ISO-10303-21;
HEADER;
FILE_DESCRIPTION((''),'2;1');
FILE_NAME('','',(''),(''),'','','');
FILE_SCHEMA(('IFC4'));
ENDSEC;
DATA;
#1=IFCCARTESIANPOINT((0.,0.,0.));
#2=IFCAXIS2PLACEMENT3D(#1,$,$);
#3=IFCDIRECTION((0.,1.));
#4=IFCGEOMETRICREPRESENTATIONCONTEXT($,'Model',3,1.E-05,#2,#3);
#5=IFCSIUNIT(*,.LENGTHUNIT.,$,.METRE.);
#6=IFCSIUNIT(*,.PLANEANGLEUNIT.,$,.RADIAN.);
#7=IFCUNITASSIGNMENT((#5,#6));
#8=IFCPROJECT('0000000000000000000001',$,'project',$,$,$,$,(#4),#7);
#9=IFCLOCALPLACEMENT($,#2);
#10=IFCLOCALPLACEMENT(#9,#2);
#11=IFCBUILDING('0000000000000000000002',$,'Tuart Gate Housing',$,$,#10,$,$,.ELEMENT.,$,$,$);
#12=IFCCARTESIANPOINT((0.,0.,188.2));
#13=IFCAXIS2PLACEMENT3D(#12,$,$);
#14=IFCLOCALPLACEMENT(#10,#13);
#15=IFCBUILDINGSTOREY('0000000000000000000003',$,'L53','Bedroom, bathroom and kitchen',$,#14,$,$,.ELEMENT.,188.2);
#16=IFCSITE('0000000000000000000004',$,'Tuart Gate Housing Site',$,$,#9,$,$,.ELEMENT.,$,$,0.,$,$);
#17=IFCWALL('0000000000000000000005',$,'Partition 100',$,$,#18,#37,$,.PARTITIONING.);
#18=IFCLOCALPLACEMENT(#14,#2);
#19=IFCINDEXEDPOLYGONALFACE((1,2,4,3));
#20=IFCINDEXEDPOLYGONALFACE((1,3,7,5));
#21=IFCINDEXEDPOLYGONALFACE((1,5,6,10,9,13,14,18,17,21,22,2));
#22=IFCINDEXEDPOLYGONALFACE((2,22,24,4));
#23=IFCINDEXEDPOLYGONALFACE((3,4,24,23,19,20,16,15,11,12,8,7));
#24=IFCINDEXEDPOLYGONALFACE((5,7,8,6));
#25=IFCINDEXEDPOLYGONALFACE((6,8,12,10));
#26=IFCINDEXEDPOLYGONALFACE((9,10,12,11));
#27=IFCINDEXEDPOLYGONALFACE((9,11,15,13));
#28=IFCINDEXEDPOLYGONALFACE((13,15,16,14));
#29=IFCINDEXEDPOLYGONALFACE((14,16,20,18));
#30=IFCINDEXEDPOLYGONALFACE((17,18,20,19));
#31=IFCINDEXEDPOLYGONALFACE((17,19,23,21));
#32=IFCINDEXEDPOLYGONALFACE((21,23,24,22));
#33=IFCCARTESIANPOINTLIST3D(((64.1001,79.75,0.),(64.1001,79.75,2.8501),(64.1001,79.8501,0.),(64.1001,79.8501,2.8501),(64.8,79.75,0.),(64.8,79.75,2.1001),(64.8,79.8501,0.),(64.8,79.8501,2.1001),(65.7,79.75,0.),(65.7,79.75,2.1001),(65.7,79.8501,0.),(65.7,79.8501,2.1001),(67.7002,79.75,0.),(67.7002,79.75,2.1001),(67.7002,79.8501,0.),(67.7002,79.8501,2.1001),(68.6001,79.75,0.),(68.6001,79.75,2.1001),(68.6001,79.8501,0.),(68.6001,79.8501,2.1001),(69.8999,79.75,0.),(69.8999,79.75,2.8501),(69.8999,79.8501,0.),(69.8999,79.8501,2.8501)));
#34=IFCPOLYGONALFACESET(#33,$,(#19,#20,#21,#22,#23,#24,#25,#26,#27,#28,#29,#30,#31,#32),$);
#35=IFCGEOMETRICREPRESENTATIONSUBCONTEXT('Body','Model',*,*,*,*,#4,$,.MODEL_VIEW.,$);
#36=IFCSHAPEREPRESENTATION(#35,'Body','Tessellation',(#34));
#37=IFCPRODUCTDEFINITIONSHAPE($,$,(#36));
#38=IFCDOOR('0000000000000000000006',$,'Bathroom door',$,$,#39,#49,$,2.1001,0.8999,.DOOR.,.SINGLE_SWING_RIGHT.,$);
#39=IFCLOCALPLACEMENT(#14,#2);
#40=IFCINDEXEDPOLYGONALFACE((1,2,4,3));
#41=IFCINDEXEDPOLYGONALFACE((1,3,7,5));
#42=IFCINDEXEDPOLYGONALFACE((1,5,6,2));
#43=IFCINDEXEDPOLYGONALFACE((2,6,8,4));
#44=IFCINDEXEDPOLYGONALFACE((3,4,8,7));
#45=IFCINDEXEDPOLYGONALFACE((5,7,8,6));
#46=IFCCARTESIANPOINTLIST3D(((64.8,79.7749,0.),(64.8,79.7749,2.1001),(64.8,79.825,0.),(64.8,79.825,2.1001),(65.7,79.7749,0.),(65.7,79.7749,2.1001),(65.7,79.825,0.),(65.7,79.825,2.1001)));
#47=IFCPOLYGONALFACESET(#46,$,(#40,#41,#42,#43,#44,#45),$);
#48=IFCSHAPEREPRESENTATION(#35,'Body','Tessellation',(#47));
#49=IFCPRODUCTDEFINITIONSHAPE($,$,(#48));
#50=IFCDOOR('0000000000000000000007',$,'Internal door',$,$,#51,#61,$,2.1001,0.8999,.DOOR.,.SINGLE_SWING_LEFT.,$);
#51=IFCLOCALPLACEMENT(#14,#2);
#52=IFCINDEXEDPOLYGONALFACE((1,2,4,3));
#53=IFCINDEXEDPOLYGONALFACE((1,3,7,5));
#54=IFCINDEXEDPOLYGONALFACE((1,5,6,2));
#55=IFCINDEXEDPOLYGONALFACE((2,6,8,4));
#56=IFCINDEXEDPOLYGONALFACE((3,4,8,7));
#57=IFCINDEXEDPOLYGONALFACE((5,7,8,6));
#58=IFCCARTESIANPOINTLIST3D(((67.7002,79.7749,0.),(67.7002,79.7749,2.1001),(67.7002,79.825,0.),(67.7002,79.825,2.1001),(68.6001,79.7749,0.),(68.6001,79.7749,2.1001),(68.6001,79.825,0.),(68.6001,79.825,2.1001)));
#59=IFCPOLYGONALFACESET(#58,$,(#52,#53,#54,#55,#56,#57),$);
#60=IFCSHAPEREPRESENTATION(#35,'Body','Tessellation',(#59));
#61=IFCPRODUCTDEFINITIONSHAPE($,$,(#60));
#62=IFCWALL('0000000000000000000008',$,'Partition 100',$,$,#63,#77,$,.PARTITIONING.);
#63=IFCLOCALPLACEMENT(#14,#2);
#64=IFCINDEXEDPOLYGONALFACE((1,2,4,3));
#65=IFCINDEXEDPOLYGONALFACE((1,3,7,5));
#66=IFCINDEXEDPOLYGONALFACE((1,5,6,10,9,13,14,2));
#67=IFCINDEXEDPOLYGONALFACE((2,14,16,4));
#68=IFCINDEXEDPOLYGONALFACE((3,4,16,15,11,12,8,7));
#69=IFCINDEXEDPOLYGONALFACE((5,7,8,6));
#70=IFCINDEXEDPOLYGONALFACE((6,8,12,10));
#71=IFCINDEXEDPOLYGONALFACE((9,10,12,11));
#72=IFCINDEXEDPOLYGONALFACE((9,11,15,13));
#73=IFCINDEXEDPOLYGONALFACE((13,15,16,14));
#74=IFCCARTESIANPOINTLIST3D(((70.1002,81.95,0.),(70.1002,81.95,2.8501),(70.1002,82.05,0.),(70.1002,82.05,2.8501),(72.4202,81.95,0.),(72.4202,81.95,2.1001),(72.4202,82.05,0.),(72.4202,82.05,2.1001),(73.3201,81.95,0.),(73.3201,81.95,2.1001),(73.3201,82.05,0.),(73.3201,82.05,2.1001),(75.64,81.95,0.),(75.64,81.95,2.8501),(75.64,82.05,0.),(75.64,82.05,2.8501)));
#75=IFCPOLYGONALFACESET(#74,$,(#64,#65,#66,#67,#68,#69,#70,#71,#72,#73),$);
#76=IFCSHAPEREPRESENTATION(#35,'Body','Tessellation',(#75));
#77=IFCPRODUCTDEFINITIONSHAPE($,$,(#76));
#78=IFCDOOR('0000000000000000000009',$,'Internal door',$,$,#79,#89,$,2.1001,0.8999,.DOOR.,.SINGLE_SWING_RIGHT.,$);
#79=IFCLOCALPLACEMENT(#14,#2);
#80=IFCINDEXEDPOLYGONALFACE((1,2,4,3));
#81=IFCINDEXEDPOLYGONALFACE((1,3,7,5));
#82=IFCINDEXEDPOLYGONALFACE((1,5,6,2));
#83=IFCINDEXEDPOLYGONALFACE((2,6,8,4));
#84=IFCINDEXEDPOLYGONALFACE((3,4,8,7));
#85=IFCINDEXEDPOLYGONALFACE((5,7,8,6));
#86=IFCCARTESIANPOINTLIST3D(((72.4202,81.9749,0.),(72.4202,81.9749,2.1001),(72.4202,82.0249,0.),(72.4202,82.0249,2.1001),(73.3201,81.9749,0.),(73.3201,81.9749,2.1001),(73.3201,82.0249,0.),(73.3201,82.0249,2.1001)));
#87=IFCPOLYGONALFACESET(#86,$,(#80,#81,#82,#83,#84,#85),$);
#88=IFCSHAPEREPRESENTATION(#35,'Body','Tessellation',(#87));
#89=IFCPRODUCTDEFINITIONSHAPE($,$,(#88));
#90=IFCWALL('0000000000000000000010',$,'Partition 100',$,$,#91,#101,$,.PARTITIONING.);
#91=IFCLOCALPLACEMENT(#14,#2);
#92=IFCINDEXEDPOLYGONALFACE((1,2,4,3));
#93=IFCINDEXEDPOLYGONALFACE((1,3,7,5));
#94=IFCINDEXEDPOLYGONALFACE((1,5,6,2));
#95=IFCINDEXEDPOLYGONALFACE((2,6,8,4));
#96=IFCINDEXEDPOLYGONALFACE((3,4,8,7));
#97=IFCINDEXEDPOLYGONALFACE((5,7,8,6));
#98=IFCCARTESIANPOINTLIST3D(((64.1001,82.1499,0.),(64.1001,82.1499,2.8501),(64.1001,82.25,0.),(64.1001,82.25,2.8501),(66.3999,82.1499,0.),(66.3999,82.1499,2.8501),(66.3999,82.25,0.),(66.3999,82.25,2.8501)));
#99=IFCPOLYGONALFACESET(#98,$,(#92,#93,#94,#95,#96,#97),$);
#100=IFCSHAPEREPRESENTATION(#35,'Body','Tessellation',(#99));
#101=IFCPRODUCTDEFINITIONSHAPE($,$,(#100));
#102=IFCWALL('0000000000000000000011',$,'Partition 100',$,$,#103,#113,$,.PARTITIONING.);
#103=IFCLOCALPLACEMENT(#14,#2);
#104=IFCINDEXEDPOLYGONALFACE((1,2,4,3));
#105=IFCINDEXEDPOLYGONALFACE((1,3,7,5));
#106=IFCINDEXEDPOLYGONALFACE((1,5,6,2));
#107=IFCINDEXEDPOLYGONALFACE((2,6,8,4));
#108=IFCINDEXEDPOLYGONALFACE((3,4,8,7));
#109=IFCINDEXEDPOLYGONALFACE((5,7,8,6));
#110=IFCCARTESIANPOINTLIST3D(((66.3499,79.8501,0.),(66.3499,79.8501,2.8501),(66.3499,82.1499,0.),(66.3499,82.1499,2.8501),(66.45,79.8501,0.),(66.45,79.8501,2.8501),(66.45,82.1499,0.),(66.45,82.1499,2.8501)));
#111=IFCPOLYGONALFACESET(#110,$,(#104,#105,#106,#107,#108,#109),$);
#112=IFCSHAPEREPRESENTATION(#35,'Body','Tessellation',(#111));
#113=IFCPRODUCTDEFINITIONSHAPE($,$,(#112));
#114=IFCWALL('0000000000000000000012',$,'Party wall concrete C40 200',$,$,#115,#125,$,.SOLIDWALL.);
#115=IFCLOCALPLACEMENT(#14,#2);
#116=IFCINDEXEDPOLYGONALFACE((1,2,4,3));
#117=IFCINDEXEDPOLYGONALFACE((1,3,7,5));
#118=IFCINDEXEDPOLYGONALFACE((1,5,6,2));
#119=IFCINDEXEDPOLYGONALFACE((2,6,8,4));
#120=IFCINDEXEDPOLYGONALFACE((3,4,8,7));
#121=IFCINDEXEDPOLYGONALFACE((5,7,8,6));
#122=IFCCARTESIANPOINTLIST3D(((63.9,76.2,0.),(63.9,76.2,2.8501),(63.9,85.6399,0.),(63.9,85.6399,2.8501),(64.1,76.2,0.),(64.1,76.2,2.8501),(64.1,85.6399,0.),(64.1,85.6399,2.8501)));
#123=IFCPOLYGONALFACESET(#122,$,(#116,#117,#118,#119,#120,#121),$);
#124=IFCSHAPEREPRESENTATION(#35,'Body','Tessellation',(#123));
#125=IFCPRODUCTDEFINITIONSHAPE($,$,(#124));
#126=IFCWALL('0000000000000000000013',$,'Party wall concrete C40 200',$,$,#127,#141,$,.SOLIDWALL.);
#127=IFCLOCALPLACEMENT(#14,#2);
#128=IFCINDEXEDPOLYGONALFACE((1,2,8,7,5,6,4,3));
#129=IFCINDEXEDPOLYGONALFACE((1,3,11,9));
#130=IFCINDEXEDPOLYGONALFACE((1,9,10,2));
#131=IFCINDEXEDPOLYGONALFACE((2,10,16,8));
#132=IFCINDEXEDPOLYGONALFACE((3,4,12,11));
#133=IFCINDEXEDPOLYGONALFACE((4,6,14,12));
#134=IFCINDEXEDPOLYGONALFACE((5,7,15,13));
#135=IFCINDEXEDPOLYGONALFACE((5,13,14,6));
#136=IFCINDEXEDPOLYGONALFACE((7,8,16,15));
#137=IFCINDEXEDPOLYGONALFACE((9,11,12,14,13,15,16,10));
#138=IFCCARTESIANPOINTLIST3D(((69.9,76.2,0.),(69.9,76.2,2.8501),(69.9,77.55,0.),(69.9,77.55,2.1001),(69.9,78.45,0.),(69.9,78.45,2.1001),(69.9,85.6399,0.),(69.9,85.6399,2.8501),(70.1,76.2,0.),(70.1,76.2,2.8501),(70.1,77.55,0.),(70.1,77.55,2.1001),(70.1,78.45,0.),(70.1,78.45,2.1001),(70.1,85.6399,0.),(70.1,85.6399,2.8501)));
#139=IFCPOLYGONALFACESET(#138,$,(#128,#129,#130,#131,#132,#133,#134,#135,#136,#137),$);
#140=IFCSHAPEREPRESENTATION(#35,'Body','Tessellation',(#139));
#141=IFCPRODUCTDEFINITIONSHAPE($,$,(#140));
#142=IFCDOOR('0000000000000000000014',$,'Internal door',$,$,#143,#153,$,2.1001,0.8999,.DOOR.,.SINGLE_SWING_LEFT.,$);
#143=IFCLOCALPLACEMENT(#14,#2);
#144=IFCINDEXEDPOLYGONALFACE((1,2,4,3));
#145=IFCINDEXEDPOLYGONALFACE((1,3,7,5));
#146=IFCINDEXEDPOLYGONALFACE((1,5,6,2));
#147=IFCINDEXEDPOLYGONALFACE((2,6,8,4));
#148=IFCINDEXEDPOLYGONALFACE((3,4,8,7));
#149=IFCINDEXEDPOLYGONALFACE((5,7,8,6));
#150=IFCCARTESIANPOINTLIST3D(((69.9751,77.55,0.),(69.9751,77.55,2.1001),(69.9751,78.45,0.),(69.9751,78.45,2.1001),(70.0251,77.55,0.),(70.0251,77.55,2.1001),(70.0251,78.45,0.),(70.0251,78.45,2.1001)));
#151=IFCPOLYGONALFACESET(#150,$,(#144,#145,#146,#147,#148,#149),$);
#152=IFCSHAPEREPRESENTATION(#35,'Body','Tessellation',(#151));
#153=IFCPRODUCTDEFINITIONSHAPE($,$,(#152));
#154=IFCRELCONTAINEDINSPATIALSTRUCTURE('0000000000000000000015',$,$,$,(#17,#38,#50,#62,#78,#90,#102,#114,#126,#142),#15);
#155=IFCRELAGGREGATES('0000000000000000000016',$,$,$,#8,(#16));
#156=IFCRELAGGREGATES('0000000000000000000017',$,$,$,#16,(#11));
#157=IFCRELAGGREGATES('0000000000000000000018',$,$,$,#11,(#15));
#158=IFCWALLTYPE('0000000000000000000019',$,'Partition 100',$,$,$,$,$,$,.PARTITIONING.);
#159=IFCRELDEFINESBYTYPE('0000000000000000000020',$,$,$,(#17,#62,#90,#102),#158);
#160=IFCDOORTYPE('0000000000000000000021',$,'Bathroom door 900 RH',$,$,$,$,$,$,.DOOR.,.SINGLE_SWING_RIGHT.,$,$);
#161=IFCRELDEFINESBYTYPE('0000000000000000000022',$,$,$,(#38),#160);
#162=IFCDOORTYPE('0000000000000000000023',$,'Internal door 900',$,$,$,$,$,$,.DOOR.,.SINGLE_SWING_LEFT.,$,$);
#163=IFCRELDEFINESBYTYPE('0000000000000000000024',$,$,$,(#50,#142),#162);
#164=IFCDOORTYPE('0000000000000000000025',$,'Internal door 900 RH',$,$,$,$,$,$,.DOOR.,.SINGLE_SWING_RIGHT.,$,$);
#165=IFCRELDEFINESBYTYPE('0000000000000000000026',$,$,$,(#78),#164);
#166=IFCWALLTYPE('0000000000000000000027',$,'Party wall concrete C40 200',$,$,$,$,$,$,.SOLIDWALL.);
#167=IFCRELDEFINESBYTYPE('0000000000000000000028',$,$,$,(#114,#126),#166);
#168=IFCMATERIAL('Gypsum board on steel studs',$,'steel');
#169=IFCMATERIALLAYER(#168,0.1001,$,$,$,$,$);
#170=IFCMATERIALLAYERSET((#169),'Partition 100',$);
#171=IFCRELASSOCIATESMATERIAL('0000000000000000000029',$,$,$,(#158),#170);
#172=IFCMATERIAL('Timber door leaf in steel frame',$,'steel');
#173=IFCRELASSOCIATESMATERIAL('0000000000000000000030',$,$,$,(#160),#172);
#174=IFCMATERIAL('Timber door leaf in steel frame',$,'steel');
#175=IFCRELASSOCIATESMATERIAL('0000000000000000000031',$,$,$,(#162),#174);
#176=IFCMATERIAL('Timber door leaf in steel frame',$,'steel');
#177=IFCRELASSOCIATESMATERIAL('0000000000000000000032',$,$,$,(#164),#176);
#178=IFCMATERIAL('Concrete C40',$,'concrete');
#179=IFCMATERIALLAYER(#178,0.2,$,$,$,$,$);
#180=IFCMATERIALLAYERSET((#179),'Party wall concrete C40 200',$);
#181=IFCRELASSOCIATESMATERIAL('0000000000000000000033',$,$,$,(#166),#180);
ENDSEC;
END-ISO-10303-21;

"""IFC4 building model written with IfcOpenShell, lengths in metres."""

from ifc_helpers import new_model, si_unit, direction, frame, frame_2d, origin, place, context, subcontext, project, spatial, rectangle, extrude, material, layer, layer_set, type_object, element, fill, save


model = new_model("IFC4")

# Units and contexts
model_context = context("Model", 3, precision=1e-05, world=origin(), true_north=direction((0.0, 1.0)))
body_context = subcontext(model_context, "Body", "Model", "MODEL_VIEW")
ifc_project = project(units=[si_unit("LENGTHUNIT", "METRE"), si_unit("PLANEANGLEUNIT", "RADIAN")], contexts=[model_context])

# Site, building, storey
site_placement = place(None, origin())
site = spatial("IfcSite", under=ifc_project, at=site_placement, Name="Tuart Gate Housing Site", CompositionType="ELEMENT", RefElevation=0.0)
building_placement = place(site_placement, origin())
building = spatial("IfcBuilding", under=site, at=building_placement, Name="Tuart Gate Housing", CompositionType="ELEMENT")
storey_placement = place(building_placement, frame((0.0, 0.0, 188.2)))
storey = spatial("IfcBuildingStorey", under=building, at=storey_placement, Name="L53", Description="Bedroom, bathroom and kitchen", CompositionType="ELEMENT", Elevation=188.2)

# Wall, openings, doors
ifc_material_1 = material(Name="Gypsum board on steel studs", Category="steel")
ifc_layer_1 = layer(ifc_material_1, 0.1001)
ifc_layer_set_1 = layer_set([ifc_layer_1], Name="Partition 100")
wall_type_1 = type_object("IfcWallType", Name="Partition 100", PredefinedType="PARTITIONING", material=ifc_layer_set_1)
wall_1_placement = place(storey_placement, frame((64.1001, 79.8, 0.0), z_axis=(0.0, 0.0, 1.0), x_axis=(1.0, 0.0, 0.0)))
wall_1 = element("IfcWall", 1, at=wall_1_placement, inside=storey, type_object=wall_type_1, Name="Partition 100", PredefinedType="PARTITIONING", context=body_context, shape_type="SweptSolid", body=[
    extrude(rectangle(XDim=5.7998, YDim=0.1001, at=frame_2d((2.8999, 0.0))), origin(), (0.0, 0.0, 1.0), 2.8501),
])
opening_1_placement = place(wall_1_placement, frame((3.6001, 0.0, 0.0)))
opening_1 = element("IfcOpeningElement", 2, at=opening_1_placement, cuts=wall_1, PredefinedType="OPENING", context=body_context, shape_type="SweptSolid", body=[
    extrude(rectangle(XDim=0.8999, YDim=2.1001, at=frame_2d((0.45, 1.05))), frame((0.0, 0.0601, 0.0), z_axis=(0.0, -1.0, 0.0), x_axis=(1.0, 0.0, 0.0)), (0.0, 0.0, 1.0), 0.1201),
])
opening_2_placement = place(wall_1_placement, frame((0.7, 0.0, 0.0)))
opening_2 = element("IfcOpeningElement", 3, at=opening_2_placement, cuts=wall_1, PredefinedType="OPENING", context=body_context, shape_type="SweptSolid", body=[
    extrude(rectangle(XDim=0.8999, YDim=2.1001, at=frame_2d((0.45, 1.05))), frame((0.0, 0.0601, 0.0), z_axis=(0.0, -1.0, 0.0), x_axis=(1.0, 0.0, 0.0)), (0.0, 0.0, 1.0), 0.1201),
])
ifc_material_2 = material(Name="Timber door leaf in steel frame", Category="steel")
door_type_1 = type_object("IfcDoorType", Name="Bathroom door 900 RH", OperationType="SINGLE_SWING_RIGHT", PredefinedType="DOOR", material=ifc_material_2)
door_1_placement = place(opening_2_placement, origin())
door_1 = element("IfcDoor", 4, at=door_1_placement, inside=storey, type_object=door_type_1, Name="Bathroom door", OperationType="SINGLE_SWING_RIGHT", OverallHeight=2.1001, OverallWidth=0.8999, PredefinedType="DOOR", context=body_context, shape_type="SweptSolid", body=[
    extrude(rectangle(XDim=0.8999, YDim=2.1001, at=frame_2d((0.45, 1.05))), frame((0.0, 0.0249, 0.0), z_axis=(0.0, -1.0, 0.0), x_axis=(1.0, 0.0, 0.0)), (0.0, 0.0, 1.0), 0.05),
])
fill(opening_2, door_1)
ifc_material_3 = material(Name="Timber door leaf in steel frame", Category="steel")
door_type_2 = type_object("IfcDoorType", Name="Internal door 900", OperationType="SINGLE_SWING_LEFT", PredefinedType="DOOR", material=ifc_material_3)
door_2_placement = place(opening_1_placement, origin())
door_2 = element("IfcDoor", 5, at=door_2_placement, inside=storey, type_object=door_type_2, Name="Internal door", OperationType="SINGLE_SWING_LEFT", OverallHeight=2.1001, OverallWidth=0.8999, PredefinedType="DOOR", context=body_context, shape_type="SweptSolid", body=[
    extrude(rectangle(XDim=0.8999, YDim=2.1001, at=frame_2d((0.45, 1.05))), frame((0.0, 0.0249, 0.0), z_axis=(0.0, -1.0, 0.0), x_axis=(1.0, 0.0, 0.0)), (0.0, 0.0, 1.0), 0.05),
])
fill(opening_1, door_2)

# Wall, opening, door
wall_2_placement = place(storey_placement, frame((70.1001, 82.0, 0.0), z_axis=(0.0, 0.0, 1.0), x_axis=(1.0, 0.0, 0.0)))
wall_2 = element("IfcWall", 6, at=wall_2_placement, inside=storey, type_object=wall_type_1, Name="Partition 100", PredefinedType="PARTITIONING", context=body_context, shape_type="SweptSolid", body=[
    extrude(rectangle(XDim=5.5398, YDim=0.1001, at=frame_2d((2.77, 0.0))), origin(), (0.0, 0.0, 1.0), 2.8501),
])
opening_3_placement = place(wall_2_placement, frame((2.3201, 0.0, 0.0)))
opening_3 = element("IfcOpeningElement", 7, at=opening_3_placement, cuts=wall_2, PredefinedType="OPENING", context=body_context, shape_type="SweptSolid", body=[
    extrude(rectangle(XDim=0.8999, YDim=2.1001, at=frame_2d((0.45, 1.05))), frame((0.0, 0.0601, 0.0), z_axis=(0.0, -1.0, 0.0), x_axis=(1.0, 0.0, 0.0)), (0.0, 0.0, 1.0), 0.1201),
])
ifc_material_4 = material(Name="Timber door leaf in steel frame", Category="steel")
door_type_3 = type_object("IfcDoorType", Name="Internal door 900 RH", OperationType="SINGLE_SWING_RIGHT", PredefinedType="DOOR", material=ifc_material_4)
door_3_placement = place(opening_3_placement, origin())
door_3 = element("IfcDoor", 8, at=door_3_placement, inside=storey, type_object=door_type_3, Name="Internal door", OperationType="SINGLE_SWING_RIGHT", OverallHeight=2.1001, OverallWidth=0.8999, PredefinedType="DOOR", context=body_context, shape_type="SweptSolid", body=[
    extrude(rectangle(XDim=0.8999, YDim=2.1001, at=frame_2d((0.45, 1.05))), frame((0.0, 0.0249, 0.0), z_axis=(0.0, -1.0, 0.0), x_axis=(1.0, 0.0, 0.0)), (0.0, 0.0, 1.0), 0.05),
])
fill(opening_3, door_3)

# Walls
for number, where, z_axis, x_axis, name in (
    (9, (64.1001, 82.2, 0.0), (0.0, 0.0, 1.0), (1.0, 0.0, 0.0), "Partition 100"),
    (10, (66.3999, 79.8501, 0.0), (0.0, 0.0, 1.0), (0.0, 1.0, 0.0), "Partition 100"),
):
    element("IfcWall", number, at=place(storey_placement, frame(where, z_axis=z_axis, x_axis=x_axis)), inside=storey, type_object=wall_type_1, Name=name, PredefinedType="PARTITIONING", context=body_context, shape_type="SweptSolid", body=[
        extrude(rectangle(XDim=2.2998, YDim=0.1001, at=frame_2d((1.1499, 0.0))), origin(), (0.0, 0.0, 1.0), 2.8501),
    ])
ifc_material_5 = material(Name="Concrete C40", Category="concrete")
ifc_layer_2 = layer(ifc_material_5, 0.2)
ifc_layer_set_2 = layer_set([ifc_layer_2], Name="Party wall concrete C40 200")
wall_type_2 = type_object("IfcWallType", Name="Party wall concrete C40 200", PredefinedType="SOLIDWALL", material=ifc_layer_set_2)
wall_3_placement = place(storey_placement, frame((64.0, 76.2, 0.0), z_axis=(0.0, 0.0, 1.0), x_axis=(0.0, 1.0, 0.0)))
element("IfcWall", 11, at=wall_3_placement, inside=storey, type_object=wall_type_2, Name="Party wall concrete C40 200", PredefinedType="SOLIDWALL", context=body_context, shape_type="SweptSolid", body=[
    extrude(rectangle(XDim=9.4399, YDim=0.2, at=frame_2d((4.72, 0.0))), origin(), (0.0, 0.0, 1.0), 2.8501),
])

# Wall, opening, door
wall_4_placement = place(storey_placement, frame((70.0, 76.2, 0.0), z_axis=(0.0, 0.0, 1.0), x_axis=(0.0, 1.0, 0.0)))
wall_4 = element("IfcWall", 12, at=wall_4_placement, inside=storey, type_object=wall_type_2, Name="Party wall concrete C40 200", PredefinedType="SOLIDWALL", context=body_context, shape_type="SweptSolid", body=[
    extrude(rectangle(XDim=9.4399, YDim=0.2, at=frame_2d((4.72, 0.0))), origin(), (0.0, 0.0, 1.0), 2.8501),
])
opening_4_placement = place(wall_4_placement, frame((1.3501, 0.0, 0.0)))
opening_4 = element("IfcOpeningElement", 13, at=opening_4_placement, cuts=wall_4, PredefinedType="OPENING", context=body_context, shape_type="SweptSolid", body=[
    extrude(rectangle(XDim=0.8999, YDim=2.1001, at=frame_2d((0.45, 1.05))), frame((0.0, 0.1099, 0.0), z_axis=(0.0, -1.0, 0.0), x_axis=(1.0, 0.0, 0.0)), (0.0, 0.0, 1.0), 0.22),
])
door_4_placement = place(opening_4_placement, origin())
door_4 = element("IfcDoor", 14, at=door_4_placement, inside=storey, type_object=door_type_2, Name="Internal door", OperationType="SINGLE_SWING_LEFT", OverallHeight=2.1001, OverallWidth=0.8999, PredefinedType="DOOR", context=body_context, shape_type="SweptSolid", body=[
    extrude(rectangle(XDim=0.8999, YDim=2.1001, at=frame_2d((0.45, 1.05))), frame((0.0, 0.0249, 0.0), z_axis=(0.0, -1.0, 0.0), x_axis=(1.0, 0.0, 0.0)), (0.0, 0.0, 1.0), 0.05),
])
fill(opening_4, door_4)

save(model, "model.ifc")
